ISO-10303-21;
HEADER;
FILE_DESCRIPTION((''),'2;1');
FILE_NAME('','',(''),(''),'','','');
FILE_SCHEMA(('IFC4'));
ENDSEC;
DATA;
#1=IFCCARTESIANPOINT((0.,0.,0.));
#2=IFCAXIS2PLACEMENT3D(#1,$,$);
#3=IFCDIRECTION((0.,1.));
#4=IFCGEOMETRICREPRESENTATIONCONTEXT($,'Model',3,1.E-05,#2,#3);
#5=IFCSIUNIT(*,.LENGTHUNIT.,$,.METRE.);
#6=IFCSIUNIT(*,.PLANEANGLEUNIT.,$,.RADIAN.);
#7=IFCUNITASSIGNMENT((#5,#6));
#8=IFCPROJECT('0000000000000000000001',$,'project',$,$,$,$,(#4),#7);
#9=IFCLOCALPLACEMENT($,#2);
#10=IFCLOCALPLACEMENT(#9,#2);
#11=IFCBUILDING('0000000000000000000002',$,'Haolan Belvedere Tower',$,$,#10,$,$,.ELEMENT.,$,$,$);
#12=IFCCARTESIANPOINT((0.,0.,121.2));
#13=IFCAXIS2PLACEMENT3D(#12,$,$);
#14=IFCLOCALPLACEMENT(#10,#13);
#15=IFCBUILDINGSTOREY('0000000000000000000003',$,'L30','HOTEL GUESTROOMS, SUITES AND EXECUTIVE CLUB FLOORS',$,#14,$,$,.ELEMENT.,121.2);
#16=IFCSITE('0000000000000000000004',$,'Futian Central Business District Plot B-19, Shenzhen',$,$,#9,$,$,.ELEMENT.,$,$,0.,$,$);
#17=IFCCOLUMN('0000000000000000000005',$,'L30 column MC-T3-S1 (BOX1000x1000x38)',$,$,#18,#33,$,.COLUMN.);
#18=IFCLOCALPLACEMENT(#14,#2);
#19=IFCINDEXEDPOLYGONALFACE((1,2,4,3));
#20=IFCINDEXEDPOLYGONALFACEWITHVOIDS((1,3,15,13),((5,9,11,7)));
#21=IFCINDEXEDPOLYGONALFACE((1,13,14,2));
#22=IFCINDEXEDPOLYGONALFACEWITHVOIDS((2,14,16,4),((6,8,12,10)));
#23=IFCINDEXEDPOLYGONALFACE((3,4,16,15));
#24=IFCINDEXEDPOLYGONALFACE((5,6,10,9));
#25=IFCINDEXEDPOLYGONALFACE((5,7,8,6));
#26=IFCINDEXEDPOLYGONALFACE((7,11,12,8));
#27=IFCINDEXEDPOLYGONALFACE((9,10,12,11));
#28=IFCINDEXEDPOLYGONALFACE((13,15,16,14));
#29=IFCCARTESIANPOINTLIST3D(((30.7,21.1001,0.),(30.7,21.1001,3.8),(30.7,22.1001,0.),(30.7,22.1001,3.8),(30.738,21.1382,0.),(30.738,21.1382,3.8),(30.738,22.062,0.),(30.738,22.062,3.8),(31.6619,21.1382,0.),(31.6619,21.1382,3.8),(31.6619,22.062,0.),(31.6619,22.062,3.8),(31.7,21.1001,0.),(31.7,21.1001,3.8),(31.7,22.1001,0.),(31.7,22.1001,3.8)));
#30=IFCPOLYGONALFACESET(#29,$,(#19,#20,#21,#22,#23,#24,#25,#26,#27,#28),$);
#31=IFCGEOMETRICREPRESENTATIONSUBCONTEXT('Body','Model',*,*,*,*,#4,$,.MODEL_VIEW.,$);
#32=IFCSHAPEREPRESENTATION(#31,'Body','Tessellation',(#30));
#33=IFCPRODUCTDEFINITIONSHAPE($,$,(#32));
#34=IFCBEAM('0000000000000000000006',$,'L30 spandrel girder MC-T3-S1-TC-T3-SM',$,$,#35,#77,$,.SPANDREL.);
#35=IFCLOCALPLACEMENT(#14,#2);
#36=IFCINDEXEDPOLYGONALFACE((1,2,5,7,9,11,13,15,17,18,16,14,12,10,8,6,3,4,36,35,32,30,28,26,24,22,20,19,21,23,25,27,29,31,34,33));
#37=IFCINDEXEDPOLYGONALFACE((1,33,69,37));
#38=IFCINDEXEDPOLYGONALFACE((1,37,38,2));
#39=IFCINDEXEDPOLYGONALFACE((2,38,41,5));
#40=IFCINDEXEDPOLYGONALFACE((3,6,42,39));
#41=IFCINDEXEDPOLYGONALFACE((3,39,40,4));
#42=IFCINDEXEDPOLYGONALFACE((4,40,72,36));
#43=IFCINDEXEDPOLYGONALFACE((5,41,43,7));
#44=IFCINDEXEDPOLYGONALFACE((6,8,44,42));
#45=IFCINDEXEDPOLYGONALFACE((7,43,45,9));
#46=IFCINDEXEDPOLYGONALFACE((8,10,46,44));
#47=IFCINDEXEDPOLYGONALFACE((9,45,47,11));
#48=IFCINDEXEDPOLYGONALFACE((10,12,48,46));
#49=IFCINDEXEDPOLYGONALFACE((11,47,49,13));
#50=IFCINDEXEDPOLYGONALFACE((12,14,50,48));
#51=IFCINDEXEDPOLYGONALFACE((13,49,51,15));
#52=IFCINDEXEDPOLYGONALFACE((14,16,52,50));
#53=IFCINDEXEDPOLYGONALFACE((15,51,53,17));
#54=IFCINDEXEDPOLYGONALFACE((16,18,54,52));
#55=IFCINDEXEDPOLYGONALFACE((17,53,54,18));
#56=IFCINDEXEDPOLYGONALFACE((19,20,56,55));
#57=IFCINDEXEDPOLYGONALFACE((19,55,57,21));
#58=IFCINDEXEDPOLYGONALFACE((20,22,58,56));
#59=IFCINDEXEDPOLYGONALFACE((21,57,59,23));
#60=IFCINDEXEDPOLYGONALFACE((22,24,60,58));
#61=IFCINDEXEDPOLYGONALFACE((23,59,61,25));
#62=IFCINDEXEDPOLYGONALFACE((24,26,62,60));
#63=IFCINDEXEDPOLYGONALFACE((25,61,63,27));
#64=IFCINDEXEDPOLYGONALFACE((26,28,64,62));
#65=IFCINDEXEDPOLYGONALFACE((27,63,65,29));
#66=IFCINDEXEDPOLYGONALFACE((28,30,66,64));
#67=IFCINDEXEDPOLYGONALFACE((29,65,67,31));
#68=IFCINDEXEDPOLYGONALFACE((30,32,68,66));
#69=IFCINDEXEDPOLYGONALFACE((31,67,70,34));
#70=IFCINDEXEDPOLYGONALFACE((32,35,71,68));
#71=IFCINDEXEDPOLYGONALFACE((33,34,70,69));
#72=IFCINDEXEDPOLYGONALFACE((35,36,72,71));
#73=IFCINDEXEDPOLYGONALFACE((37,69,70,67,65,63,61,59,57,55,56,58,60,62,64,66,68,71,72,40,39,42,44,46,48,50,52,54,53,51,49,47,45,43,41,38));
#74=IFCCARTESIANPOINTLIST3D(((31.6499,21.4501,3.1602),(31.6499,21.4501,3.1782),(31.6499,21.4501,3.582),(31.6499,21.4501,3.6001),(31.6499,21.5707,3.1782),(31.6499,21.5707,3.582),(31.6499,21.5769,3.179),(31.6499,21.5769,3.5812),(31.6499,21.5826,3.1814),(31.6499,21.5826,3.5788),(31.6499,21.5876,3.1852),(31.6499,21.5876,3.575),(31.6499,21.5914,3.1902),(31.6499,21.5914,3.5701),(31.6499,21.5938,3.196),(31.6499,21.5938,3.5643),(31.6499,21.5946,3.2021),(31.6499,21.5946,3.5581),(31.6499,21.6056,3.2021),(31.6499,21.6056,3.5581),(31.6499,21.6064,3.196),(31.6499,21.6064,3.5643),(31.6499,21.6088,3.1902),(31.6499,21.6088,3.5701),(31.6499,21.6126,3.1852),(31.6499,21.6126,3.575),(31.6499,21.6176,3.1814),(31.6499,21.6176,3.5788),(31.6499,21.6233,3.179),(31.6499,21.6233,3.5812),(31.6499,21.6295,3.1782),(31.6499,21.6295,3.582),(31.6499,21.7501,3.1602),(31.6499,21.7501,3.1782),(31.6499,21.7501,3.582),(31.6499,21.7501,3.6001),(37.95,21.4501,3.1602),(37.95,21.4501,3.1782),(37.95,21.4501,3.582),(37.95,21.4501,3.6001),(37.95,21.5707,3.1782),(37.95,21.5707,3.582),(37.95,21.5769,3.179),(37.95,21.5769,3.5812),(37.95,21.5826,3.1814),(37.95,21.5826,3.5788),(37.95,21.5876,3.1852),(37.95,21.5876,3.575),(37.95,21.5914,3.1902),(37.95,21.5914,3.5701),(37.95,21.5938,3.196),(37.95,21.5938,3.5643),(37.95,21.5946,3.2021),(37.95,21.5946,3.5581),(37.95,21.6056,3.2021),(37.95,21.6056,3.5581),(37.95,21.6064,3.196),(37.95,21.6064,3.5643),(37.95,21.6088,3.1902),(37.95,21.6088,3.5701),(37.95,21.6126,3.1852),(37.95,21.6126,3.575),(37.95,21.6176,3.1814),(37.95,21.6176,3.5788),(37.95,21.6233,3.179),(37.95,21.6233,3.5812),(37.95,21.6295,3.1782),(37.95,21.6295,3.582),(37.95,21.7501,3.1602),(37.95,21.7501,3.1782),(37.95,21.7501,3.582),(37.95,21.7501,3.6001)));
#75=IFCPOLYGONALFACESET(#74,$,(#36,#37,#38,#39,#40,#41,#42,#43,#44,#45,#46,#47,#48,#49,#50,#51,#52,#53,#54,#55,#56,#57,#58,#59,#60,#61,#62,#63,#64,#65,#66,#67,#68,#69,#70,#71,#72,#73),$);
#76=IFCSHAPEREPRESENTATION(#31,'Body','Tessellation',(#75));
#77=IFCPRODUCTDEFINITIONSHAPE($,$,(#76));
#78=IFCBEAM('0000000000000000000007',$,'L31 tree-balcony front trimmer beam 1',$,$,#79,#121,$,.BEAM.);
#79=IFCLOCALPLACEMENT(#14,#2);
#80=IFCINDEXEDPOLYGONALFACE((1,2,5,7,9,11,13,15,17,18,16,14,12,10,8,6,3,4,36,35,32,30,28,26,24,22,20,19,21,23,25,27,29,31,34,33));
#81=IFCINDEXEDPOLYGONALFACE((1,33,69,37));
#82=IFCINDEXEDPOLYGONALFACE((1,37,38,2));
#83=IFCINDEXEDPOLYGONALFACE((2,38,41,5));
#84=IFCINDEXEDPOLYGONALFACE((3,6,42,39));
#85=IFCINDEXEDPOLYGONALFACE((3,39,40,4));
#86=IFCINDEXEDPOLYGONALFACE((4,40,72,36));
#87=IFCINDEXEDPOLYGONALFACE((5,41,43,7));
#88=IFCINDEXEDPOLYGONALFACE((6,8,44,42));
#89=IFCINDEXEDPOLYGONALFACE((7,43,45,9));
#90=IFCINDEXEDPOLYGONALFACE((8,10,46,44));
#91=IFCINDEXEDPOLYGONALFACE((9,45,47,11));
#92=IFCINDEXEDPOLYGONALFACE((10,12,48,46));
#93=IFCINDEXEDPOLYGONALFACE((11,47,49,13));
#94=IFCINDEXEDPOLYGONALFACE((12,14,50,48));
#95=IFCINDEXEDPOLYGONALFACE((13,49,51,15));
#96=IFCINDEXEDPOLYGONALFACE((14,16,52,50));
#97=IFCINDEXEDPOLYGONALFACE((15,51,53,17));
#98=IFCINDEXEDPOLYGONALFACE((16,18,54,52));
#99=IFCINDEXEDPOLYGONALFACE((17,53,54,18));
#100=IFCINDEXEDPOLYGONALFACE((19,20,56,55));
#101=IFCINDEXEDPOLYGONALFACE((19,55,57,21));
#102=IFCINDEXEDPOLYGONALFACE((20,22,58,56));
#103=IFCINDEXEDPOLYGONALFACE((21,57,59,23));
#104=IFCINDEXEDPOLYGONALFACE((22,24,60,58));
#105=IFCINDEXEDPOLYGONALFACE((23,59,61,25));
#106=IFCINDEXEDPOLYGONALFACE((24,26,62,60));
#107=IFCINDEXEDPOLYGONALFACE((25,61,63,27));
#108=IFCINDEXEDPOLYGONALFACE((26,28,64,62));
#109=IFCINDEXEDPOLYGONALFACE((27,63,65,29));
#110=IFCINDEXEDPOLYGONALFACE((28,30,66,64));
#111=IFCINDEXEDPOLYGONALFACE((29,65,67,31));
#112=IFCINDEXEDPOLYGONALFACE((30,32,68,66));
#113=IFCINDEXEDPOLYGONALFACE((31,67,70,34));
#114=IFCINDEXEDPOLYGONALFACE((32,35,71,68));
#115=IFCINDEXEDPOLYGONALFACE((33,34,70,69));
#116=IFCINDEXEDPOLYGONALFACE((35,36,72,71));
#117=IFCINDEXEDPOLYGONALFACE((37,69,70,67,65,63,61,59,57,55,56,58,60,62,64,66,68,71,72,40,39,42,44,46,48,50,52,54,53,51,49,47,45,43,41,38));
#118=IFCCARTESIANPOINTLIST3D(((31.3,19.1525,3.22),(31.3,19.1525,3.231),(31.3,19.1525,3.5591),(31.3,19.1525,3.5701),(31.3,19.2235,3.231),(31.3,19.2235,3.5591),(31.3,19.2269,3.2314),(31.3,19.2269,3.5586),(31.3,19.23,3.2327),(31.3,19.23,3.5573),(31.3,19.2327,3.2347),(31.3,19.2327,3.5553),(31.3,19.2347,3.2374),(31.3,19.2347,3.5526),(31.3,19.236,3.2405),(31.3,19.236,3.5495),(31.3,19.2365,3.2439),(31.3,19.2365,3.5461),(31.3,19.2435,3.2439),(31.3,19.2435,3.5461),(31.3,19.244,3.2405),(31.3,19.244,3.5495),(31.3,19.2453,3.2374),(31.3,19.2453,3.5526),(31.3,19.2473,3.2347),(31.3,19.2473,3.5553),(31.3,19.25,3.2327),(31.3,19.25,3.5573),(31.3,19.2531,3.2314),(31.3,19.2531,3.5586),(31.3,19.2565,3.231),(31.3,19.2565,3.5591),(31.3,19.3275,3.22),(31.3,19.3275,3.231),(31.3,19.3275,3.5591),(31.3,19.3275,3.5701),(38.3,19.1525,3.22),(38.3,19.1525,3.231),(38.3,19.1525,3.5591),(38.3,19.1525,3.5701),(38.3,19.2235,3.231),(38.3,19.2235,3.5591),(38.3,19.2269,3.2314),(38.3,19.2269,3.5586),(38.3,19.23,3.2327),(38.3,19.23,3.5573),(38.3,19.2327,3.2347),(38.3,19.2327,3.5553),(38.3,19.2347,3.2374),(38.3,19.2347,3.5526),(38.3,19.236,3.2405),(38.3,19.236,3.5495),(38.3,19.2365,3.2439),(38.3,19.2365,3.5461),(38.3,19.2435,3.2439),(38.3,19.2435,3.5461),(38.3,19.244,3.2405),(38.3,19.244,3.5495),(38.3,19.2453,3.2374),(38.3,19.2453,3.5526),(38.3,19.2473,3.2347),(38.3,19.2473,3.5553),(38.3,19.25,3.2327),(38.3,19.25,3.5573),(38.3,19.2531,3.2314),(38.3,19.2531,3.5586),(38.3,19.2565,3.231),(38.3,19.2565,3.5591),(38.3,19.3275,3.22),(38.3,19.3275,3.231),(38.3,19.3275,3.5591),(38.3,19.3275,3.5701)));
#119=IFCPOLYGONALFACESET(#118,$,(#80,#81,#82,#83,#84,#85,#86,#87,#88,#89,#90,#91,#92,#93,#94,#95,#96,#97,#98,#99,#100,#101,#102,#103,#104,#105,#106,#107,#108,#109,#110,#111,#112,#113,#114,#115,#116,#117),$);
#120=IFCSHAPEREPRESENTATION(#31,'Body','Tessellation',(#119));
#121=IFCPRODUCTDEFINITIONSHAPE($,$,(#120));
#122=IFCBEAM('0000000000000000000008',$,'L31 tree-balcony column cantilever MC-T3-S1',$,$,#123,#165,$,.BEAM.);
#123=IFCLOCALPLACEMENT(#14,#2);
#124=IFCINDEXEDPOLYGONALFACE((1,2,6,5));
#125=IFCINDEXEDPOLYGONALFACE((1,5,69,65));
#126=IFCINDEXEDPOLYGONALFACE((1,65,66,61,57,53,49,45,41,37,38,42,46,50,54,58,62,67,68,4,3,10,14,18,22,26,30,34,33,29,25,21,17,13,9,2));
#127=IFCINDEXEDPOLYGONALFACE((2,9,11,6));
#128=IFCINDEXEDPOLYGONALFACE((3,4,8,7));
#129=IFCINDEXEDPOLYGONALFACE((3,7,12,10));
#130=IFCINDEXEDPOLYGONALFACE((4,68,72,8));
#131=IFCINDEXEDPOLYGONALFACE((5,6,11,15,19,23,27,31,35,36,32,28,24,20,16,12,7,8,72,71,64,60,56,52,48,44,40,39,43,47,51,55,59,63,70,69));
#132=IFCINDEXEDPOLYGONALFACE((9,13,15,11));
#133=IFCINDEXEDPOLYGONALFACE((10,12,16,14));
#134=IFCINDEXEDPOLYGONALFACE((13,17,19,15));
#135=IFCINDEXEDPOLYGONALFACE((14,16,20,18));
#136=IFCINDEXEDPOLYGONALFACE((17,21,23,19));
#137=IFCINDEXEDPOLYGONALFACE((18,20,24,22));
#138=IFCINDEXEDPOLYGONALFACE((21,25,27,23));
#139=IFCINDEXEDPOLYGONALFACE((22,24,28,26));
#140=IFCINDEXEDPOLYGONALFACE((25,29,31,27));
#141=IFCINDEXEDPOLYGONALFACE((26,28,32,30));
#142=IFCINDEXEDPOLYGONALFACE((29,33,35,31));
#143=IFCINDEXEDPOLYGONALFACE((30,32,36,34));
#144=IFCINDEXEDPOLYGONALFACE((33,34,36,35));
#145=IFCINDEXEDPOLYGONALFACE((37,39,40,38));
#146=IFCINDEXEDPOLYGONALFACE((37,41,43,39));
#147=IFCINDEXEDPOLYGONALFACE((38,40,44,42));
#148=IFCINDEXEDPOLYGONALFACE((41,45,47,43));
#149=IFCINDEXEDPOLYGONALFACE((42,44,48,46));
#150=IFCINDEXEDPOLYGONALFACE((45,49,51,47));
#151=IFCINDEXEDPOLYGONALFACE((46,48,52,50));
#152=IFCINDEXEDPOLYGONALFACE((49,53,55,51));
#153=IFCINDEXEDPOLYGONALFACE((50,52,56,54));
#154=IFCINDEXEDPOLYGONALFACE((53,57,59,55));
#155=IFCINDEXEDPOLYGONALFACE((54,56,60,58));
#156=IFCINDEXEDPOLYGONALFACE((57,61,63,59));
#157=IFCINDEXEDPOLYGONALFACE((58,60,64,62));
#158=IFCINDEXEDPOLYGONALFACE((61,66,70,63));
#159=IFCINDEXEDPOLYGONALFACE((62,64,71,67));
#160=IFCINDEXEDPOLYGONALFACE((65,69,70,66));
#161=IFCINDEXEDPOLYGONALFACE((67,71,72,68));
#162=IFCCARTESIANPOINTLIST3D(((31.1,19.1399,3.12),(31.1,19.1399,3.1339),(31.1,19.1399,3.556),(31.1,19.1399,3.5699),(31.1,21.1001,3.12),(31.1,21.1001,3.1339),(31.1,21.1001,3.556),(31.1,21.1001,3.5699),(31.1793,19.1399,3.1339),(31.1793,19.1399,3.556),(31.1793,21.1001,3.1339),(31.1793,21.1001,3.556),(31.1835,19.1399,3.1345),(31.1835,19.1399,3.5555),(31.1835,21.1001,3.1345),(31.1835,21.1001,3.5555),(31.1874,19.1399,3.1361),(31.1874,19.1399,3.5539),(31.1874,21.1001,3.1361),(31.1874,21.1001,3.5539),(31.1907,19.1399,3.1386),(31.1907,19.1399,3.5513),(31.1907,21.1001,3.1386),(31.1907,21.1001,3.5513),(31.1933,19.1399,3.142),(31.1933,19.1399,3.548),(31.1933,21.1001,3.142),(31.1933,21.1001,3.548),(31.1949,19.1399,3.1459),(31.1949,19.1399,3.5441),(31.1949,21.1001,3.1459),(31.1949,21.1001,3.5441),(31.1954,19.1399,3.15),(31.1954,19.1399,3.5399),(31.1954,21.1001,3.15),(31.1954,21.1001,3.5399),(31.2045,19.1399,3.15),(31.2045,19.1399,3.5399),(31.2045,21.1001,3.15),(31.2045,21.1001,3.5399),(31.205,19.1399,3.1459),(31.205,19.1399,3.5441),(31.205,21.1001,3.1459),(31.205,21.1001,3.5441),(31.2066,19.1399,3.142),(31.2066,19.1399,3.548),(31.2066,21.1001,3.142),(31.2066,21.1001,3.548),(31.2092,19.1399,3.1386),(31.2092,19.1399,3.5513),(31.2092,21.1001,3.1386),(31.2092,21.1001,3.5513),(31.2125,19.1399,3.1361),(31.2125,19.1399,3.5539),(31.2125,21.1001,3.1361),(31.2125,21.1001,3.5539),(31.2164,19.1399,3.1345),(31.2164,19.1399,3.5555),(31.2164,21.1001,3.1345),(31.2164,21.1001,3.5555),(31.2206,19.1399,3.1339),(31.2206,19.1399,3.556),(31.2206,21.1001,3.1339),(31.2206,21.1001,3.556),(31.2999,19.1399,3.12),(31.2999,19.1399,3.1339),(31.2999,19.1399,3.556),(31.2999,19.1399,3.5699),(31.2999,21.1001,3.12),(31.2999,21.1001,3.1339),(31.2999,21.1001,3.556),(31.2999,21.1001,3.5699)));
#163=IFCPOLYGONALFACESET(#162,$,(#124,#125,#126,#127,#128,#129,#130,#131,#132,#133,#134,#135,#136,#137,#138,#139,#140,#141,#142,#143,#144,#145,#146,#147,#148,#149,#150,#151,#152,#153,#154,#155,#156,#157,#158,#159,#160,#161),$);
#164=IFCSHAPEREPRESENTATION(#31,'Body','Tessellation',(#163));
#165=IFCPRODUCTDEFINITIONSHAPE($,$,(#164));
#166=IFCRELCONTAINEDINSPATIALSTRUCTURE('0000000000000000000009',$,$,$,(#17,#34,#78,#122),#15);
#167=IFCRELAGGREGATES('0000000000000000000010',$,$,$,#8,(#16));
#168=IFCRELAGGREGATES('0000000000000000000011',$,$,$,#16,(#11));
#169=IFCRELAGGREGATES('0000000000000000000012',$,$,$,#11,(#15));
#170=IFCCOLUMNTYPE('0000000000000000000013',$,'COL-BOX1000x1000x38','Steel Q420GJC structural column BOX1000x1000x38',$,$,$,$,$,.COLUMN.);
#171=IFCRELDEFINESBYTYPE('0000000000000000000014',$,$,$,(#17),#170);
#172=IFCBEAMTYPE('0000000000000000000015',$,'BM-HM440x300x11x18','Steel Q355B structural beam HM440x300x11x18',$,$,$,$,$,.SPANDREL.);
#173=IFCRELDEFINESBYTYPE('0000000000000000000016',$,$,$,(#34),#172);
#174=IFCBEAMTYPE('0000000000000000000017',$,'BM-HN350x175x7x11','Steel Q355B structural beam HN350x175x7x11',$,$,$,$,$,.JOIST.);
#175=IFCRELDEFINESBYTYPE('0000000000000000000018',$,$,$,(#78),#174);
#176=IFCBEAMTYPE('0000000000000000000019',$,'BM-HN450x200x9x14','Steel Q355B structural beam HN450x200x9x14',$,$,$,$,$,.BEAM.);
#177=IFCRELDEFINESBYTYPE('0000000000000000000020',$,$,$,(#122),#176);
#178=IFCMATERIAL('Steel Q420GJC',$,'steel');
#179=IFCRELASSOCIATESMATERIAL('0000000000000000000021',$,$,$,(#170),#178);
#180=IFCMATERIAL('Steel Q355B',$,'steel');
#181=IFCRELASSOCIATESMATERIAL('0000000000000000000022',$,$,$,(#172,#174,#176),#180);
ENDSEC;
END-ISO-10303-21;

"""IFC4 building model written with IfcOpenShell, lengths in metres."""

from ifc_helpers import new_model, si_unit, direction, frame, origin, origin_2d, place, context, subcontext, project, spatial, hollow_rectangle, i_section, extrude, material, material_profile, profile_set, type_object, element, save


model = new_model("IFC4")

# Units and contexts
model_context = context("Model", 3, precision=1e-05, world=origin(), true_north=direction((0.0, 1.0)))
body_context = subcontext(model_context, "Body", "Model", "MODEL_VIEW")
ifc_project = project(units=[si_unit("LENGTHUNIT", "METRE"), si_unit("PLANEANGLEUNIT", "RADIAN")], contexts=[model_context])

# Site, building, storey
site_placement = place(None, origin())
site = spatial("IfcSite", under=ifc_project, at=site_placement, Name="Futian Central Business District Plot B-19, Shenzhen", CompositionType="ELEMENT", RefElevation=0.0)
building_placement = place(site_placement, origin())
building = spatial("IfcBuilding", under=site, at=building_placement, Name="Haolan Belvedere Tower", CompositionType="ELEMENT")
storey_placement = place(building_placement, frame((0.0, 0.0, 121.2)))
storey = spatial("IfcBuildingStorey", under=building, at=storey_placement, Name="L30", Description="HOTEL GUESTROOMS, SUITES AND EXECUTIVE CLUB FLOORS", CompositionType="ELEMENT", Elevation=121.2)

# Column
ifc_material_1 = material(Name="Steel Q420GJC", Category="steel")
ifc_material_profile_1 = material_profile(ifc_material_1, hollow_rectangle(XDim=1.0, YDim=1.0, WallThickness=0.0381, at=origin_2d()), Name="Steel Q420GJC")
ifc_profile_set_1 = profile_set([ifc_material_profile_1], Name="Steel Q420GJC")
column_type = type_object("IfcColumnType", Name="COL-BOX1000x1000x38", Description="Steel Q420GJC structural column BOX1000x1000x38", PredefinedType="COLUMN", material=ifc_profile_set_1)
column_placement = place(storey_placement, frame((31.2, 21.6001, 0.0), z_axis=(0.0, 0.0, 1.0), x_axis=(1.0, 0.0, 0.0)))
element("IfcColumn", 1, at=column_placement, inside=storey, type_object=column_type, Name="L30 column MC-T3-S1 (BOX1000x1000x38)", PredefinedType="COLUMN", context=body_context, shape_type="SweptSolid", body=[
    extrude(hollow_rectangle(XDim=1.0, YDim=1.0, WallThickness=0.0381, at=origin_2d()), origin(), (0.0, 0.0, 1.0), 3.8),
])

# Beams
ifc_material_2 = material(Name="Steel Q355B", Category="steel")
ifc_material_profile_2 = material_profile(ifc_material_2, i_section(OverallWidth=0.3, OverallDepth=0.4399, WebThickness=0.011, FlangeThickness=0.0181, FilletRadius=0.0239, at=origin_2d()), Name="Steel Q355B")
ifc_profile_set_2 = profile_set([ifc_material_profile_2], Name="Steel Q355B")
beam_type_1 = type_object("IfcBeamType", Name="BM-HM440x300x11x18", Description="Steel Q355B structural beam HM440x300x11x18", PredefinedType="SPANDREL", material=ifc_profile_set_2)
beam_1_placement = place(storey_placement, frame((31.6499, 21.6001, 3.3801), z_axis=(1.0, 0.0, 0.0), x_axis=(0.0, 1.0, 0.0)))
element("IfcBeam", 2, at=beam_1_placement, inside=storey, type_object=beam_type_1, Name="L30 spandrel girder MC-T3-S1-TC-T3-SM", PredefinedType="SPANDREL", context=body_context, shape_type="SweptSolid", body=[
    extrude(i_section(OverallWidth=0.3, OverallDepth=0.4399, WebThickness=0.011, FlangeThickness=0.0181, FilletRadius=0.0239, at=origin_2d()), origin(), (0.0, 0.0, 1.0), 6.3),
])
ifc_material_profile_3 = material_profile(ifc_material_2, i_section(OverallWidth=0.175, OverallDepth=0.3501, WebThickness=0.0071, FlangeThickness=0.011, FilletRadius=0.0129, at=origin_2d()), Name="Steel Q355B")
ifc_profile_set_3 = profile_set([ifc_material_profile_3], Name="Steel Q355B")
beam_type_2 = type_object("IfcBeamType", Name="BM-HN350x175x7x11", Description="Steel Q355B structural beam HN350x175x7x11", PredefinedType="JOIST", material=ifc_profile_set_3)
beam_2_placement = place(storey_placement, frame((31.3, 19.24, 3.395), z_axis=(1.0, 0.0, 0.0), x_axis=(0.0, 1.0, 0.0)))
element("IfcBeam", 3, at=beam_2_placement, inside=storey, type_object=beam_type_2, Name="L31 tree-balcony front trimmer beam 1", PredefinedType="BEAM", context=body_context, shape_type="SweptSolid", body=[
    extrude(i_section(OverallWidth=0.175, OverallDepth=0.3501, WebThickness=0.0071, FlangeThickness=0.011, FilletRadius=0.0129, at=origin_2d()), origin(), (0.0, 0.0, 1.0), 7.0),
])
ifc_material_profile_4 = material_profile(ifc_material_2, i_section(OverallWidth=0.2, OverallDepth=0.45, WebThickness=0.009, FlangeThickness=0.0139, FilletRadius=0.0161, at=origin_2d()), Name="Steel Q355B")
ifc_profile_set_4 = profile_set([ifc_material_profile_4], Name="Steel Q355B")
beam_type_3 = type_object("IfcBeamType", Name="BM-HN450x200x9x14", Description="Steel Q355B structural beam HN450x200x9x14", PredefinedType="BEAM", material=ifc_profile_set_4)
beam_3_placement = place(storey_placement, frame((31.2, 21.1001, 3.345), z_axis=(0.0, -1.0, 0.0), x_axis=(1.0, 0.0, 0.0)))
element("IfcBeam", 4, at=beam_3_placement, inside=storey, type_object=beam_type_3, Name="L31 tree-balcony column cantilever MC-T3-S1", PredefinedType="BEAM", context=body_context, shape_type="SweptSolid", body=[
    extrude(i_section(OverallWidth=0.2, OverallDepth=0.45, WebThickness=0.009, FlangeThickness=0.0139, FilletRadius=0.0161, at=origin_2d()), origin(), (0.0, 0.0, 1.0), 1.9602),
])

save(model, "model.ifc")
